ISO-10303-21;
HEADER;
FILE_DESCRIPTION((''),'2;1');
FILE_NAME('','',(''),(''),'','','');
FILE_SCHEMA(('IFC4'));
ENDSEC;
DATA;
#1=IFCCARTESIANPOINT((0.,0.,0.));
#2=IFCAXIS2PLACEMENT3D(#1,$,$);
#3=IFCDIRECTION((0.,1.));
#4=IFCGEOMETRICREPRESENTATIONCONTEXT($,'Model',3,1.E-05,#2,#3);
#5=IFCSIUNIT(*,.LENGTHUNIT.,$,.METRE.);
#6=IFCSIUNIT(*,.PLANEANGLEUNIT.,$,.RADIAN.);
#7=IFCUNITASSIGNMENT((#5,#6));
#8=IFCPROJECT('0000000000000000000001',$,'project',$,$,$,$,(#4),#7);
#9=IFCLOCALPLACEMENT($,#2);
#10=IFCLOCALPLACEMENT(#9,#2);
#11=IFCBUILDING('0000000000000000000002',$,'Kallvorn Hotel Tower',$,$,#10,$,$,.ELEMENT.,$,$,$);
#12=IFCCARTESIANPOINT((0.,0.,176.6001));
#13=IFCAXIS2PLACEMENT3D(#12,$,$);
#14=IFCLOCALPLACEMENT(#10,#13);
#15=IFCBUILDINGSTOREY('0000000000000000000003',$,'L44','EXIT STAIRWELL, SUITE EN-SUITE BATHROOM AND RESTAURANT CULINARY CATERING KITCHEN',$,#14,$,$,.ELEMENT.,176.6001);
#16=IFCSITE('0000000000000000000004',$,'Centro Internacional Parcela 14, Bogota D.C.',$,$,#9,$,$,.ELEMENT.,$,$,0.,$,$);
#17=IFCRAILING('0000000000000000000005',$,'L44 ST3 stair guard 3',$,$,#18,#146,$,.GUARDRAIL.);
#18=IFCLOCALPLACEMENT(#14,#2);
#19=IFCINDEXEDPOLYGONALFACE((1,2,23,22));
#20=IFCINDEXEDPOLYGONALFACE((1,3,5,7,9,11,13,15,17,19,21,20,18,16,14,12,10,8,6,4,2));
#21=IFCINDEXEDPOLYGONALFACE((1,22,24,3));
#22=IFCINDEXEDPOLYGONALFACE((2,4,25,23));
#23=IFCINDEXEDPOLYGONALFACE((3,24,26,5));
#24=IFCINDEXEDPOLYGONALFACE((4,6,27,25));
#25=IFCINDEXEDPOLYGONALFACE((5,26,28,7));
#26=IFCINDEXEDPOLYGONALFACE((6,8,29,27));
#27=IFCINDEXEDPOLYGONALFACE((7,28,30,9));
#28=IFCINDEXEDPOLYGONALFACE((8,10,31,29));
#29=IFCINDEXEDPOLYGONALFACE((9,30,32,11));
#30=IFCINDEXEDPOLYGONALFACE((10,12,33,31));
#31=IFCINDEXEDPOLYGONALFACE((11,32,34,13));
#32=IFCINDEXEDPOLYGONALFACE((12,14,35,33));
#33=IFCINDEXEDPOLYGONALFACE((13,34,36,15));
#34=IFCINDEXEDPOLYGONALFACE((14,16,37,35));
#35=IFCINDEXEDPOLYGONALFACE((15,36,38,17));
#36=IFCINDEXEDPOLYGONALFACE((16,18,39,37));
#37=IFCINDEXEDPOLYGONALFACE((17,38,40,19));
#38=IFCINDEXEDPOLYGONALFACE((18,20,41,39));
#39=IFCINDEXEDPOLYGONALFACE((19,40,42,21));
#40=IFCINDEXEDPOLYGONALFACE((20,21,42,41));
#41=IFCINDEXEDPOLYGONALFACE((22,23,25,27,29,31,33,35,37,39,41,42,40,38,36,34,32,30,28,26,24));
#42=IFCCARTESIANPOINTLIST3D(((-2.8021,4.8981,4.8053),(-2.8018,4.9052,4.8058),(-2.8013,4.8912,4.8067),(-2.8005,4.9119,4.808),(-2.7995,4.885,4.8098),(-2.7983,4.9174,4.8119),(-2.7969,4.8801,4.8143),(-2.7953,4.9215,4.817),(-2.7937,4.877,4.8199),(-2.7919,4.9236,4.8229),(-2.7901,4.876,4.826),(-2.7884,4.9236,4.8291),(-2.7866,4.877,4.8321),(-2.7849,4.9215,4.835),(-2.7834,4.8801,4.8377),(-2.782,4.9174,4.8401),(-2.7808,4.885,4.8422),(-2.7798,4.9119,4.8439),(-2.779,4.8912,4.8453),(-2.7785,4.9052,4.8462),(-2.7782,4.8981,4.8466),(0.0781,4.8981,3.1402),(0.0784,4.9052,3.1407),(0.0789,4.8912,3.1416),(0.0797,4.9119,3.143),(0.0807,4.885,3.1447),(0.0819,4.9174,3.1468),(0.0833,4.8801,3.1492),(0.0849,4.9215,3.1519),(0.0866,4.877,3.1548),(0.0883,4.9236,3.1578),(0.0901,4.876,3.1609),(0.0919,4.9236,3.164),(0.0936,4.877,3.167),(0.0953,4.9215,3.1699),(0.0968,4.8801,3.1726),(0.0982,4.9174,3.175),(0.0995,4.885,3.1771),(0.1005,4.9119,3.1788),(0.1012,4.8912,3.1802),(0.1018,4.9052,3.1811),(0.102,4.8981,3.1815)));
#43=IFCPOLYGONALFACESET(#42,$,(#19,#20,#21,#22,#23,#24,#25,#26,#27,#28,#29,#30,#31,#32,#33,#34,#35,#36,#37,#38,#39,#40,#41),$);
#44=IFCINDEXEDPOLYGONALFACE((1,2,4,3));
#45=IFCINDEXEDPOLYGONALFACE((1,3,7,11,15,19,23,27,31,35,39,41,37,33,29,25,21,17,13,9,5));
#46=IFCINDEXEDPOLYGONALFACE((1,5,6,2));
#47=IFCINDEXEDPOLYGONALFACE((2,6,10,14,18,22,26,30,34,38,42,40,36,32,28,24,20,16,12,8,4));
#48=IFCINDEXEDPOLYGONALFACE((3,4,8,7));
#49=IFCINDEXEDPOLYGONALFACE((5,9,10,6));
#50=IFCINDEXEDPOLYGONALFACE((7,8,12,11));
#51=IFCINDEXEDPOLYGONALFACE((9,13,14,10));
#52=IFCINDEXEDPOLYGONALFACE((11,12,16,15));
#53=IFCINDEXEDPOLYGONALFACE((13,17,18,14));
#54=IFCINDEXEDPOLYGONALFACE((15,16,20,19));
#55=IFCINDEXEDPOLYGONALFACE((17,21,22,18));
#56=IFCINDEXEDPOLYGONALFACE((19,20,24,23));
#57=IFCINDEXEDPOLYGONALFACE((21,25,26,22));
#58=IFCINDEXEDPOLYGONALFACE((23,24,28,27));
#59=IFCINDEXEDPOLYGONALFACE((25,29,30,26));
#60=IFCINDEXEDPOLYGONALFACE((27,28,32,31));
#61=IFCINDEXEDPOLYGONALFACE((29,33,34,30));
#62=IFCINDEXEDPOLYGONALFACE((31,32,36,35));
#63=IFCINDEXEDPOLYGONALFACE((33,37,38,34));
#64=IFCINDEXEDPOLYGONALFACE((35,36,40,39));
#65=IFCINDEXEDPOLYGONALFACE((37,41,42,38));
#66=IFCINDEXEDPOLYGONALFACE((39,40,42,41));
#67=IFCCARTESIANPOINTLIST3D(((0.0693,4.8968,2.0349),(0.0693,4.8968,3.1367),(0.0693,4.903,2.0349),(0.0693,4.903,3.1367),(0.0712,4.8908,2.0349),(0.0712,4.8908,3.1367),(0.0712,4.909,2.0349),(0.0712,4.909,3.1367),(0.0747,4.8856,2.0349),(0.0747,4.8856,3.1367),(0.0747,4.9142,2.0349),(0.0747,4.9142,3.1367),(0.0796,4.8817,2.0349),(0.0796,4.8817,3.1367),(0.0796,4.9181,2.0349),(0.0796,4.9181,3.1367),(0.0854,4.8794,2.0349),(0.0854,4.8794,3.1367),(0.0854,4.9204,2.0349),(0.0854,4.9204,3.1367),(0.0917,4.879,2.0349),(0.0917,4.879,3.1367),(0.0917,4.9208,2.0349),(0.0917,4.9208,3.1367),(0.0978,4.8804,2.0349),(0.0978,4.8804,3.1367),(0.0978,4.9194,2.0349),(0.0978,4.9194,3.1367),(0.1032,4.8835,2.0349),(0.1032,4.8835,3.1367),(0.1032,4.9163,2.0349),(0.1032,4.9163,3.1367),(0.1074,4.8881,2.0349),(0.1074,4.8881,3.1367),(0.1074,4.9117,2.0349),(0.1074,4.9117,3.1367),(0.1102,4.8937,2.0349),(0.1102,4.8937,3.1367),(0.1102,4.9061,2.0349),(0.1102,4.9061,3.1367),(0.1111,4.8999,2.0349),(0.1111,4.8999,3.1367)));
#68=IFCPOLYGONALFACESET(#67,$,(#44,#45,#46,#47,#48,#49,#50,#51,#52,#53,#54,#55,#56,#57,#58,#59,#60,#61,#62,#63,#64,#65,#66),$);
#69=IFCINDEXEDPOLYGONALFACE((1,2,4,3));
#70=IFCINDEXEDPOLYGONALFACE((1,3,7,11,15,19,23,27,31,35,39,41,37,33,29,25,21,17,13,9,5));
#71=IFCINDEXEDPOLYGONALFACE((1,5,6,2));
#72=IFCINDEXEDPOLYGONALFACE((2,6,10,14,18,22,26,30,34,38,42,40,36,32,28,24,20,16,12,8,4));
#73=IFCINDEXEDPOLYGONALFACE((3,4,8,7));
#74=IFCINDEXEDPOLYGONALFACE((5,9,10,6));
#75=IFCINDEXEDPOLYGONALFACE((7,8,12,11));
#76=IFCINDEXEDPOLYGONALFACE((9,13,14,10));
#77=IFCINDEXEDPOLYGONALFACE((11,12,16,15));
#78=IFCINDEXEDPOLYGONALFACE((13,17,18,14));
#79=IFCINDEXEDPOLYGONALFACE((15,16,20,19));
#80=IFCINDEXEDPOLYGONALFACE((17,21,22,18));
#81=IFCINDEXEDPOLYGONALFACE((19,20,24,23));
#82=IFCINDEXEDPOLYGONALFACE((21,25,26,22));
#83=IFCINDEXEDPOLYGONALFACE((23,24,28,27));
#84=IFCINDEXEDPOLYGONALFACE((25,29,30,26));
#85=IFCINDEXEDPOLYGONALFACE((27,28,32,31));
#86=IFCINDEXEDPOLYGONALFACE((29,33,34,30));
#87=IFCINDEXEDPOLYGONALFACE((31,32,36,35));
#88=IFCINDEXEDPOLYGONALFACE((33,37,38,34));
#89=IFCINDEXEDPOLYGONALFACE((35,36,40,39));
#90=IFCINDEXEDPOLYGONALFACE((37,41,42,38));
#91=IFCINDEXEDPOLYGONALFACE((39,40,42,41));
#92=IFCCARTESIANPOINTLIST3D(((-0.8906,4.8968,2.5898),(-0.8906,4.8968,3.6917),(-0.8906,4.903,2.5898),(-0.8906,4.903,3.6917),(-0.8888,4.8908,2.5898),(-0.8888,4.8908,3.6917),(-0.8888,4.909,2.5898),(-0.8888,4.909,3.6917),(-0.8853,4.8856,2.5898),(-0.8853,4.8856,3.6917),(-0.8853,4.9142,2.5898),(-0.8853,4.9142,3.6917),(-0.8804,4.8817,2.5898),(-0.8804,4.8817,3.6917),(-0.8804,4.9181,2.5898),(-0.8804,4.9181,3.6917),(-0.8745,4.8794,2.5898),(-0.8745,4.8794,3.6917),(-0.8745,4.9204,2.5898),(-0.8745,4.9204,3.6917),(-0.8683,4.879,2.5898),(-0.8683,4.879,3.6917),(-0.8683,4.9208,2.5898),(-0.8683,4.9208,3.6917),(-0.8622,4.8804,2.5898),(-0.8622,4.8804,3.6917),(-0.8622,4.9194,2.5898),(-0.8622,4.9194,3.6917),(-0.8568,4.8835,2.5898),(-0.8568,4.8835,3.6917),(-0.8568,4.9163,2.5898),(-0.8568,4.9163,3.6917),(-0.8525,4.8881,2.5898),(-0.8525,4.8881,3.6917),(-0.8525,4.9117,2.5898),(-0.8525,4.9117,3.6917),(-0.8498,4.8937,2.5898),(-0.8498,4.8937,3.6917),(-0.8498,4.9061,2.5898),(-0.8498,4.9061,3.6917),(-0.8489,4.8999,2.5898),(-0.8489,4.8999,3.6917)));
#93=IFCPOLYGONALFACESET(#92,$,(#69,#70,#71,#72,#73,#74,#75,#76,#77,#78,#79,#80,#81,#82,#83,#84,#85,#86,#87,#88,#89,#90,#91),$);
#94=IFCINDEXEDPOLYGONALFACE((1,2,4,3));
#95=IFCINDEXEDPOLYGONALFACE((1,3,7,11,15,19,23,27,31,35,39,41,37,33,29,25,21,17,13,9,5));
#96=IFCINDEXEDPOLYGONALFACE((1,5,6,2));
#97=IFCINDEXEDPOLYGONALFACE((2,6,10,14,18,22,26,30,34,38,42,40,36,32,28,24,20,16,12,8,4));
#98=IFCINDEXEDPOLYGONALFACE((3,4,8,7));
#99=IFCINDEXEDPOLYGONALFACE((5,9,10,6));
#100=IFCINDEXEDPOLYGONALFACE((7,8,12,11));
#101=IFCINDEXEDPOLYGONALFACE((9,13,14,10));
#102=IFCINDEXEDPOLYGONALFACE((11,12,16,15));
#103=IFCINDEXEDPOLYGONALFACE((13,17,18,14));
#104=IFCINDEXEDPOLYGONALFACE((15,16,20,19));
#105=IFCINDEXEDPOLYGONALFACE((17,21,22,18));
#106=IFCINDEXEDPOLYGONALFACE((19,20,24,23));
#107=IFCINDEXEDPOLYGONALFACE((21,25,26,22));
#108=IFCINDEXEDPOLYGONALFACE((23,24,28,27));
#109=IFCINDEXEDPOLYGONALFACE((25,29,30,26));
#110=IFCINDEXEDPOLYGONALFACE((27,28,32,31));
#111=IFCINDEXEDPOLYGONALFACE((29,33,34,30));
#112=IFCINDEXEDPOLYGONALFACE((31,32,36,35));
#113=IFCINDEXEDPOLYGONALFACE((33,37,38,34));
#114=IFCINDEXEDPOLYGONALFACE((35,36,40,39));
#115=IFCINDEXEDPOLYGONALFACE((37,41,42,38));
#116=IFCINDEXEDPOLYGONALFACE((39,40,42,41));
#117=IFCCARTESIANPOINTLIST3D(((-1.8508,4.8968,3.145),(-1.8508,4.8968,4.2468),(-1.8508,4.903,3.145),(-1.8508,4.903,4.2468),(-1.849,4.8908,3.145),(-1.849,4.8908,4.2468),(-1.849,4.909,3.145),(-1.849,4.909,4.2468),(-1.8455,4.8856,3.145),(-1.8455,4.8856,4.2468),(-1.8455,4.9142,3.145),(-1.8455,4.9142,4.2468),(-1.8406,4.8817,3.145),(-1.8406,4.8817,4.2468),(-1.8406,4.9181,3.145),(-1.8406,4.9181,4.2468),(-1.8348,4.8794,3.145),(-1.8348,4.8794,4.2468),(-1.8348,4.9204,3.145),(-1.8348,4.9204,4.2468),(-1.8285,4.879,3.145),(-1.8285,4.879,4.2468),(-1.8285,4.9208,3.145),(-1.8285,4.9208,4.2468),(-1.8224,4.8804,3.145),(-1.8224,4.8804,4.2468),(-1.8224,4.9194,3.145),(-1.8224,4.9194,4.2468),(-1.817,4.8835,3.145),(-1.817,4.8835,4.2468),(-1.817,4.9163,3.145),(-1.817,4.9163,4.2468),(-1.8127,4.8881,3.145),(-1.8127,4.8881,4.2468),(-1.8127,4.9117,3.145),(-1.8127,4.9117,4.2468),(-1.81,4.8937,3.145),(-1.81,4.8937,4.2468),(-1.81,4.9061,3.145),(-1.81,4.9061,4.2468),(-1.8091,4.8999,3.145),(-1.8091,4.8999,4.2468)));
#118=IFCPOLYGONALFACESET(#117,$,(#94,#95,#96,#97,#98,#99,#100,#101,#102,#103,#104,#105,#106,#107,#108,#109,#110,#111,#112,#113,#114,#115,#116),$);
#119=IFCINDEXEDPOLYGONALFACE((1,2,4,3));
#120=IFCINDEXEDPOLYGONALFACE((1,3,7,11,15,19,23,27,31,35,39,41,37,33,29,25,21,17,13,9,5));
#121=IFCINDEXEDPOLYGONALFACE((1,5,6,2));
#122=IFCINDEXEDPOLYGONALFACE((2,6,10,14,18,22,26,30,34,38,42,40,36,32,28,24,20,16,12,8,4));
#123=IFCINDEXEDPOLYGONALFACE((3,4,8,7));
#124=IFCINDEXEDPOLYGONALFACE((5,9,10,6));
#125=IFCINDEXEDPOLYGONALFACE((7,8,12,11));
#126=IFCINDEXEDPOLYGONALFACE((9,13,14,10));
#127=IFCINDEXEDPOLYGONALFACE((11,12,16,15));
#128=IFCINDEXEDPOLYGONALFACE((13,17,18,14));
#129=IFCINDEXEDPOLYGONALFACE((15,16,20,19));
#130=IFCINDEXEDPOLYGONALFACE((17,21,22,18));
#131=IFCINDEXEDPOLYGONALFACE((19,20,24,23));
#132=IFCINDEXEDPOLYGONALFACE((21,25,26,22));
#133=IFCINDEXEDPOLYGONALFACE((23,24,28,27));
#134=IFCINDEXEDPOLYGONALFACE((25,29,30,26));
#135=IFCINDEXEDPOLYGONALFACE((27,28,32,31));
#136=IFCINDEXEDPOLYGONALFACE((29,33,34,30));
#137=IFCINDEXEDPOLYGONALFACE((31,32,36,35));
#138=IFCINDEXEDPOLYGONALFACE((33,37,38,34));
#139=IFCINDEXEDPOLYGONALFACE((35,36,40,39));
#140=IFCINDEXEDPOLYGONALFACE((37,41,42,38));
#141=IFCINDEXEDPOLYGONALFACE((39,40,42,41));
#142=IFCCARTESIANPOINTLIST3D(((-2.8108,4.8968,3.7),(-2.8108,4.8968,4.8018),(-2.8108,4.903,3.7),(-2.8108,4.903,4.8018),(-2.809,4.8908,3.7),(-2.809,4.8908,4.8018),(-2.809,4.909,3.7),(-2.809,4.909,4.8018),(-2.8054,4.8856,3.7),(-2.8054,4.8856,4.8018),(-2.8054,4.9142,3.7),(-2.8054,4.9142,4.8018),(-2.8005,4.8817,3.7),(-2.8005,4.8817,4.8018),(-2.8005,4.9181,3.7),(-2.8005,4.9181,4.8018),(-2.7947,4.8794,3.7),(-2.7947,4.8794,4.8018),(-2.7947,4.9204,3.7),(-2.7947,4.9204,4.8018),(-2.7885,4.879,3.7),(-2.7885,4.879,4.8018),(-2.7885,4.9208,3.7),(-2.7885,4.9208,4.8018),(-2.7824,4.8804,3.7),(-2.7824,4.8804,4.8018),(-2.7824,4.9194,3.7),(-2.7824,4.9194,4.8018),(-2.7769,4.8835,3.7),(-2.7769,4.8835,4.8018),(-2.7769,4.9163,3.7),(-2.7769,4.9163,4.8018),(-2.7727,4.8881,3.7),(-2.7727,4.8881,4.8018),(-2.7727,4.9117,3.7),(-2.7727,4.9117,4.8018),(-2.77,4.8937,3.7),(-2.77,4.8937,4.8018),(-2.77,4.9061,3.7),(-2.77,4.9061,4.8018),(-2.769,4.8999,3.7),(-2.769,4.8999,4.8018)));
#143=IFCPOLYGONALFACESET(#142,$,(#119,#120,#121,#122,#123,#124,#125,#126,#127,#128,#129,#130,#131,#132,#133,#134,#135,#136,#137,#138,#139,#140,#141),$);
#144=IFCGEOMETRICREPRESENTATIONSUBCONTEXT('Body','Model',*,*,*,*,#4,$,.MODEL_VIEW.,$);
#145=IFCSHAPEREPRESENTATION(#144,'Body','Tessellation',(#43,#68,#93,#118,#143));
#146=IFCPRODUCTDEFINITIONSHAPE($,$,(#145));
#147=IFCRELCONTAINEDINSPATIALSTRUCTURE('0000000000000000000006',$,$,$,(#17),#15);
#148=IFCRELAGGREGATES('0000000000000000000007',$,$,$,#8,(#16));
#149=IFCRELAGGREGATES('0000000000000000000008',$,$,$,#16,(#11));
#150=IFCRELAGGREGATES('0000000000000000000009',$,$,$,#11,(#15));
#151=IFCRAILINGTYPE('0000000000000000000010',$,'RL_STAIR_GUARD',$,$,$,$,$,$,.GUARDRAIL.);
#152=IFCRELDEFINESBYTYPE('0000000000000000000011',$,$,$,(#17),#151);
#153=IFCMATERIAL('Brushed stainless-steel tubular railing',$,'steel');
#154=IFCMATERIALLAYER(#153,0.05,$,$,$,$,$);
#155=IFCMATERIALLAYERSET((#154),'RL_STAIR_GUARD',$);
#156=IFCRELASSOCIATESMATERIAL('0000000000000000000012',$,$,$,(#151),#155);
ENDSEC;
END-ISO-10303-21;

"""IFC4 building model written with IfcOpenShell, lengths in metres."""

from ifc_helpers import new_model, si_unit, direction, frame, origin, origin_2d, place, context, subcontext, project, spatial, circle, extrude, material, layer, layer_set, type_object, element, save


model = new_model("IFC4")

# Units and contexts
model_context = context("Model", 3, precision=1e-05, world=origin(), true_north=direction((0.0, 1.0)))
body_context = subcontext(model_context, "Body", "Model", "MODEL_VIEW")
ifc_project = project(units=[si_unit("LENGTHUNIT", "METRE"), si_unit("PLANEANGLEUNIT", "RADIAN")], contexts=[model_context])

# Site, building, storey
site_placement = place(None, origin())
site = spatial("IfcSite", under=ifc_project, at=site_placement, Name="Centro Internacional Parcela 14, Bogota D.C.", CompositionType="ELEMENT", RefElevation=0.0)
building_placement = place(site_placement, origin())
building = spatial("IfcBuilding", under=site, at=building_placement, Name="Kallvorn Hotel Tower", CompositionType="ELEMENT")
storey_placement = place(building_placement, frame((0.0, 0.0, 176.6001)))
storey = spatial("IfcBuildingStorey", under=building, at=storey_placement, Name="L44", Description="EXIT STAIRWELL, SUITE EN-SUITE BATHROOM AND RESTAURANT CULINARY CATERING KITCHEN", CompositionType="ELEMENT", Elevation=176.6001)

# Railing
ifc_material_1 = material(Name="Brushed stainless-steel tubular railing", Category="steel")
ifc_layer_1 = layer(ifc_material_1, 0.05)
ifc_layer_set_1 = layer_set([ifc_layer_1], Name="RL_STAIR_GUARD")
railing_type_1 = type_object("IfcRailingType", Name="RL_STAIR_GUARD", PredefinedType="GUARDRAIL", material=ifc_layer_set_1)
railing_1_placement = place(storey_placement, frame((0.0901, 4.8999, 2.0349)))
element("IfcRailing", 1, at=railing_1_placement, inside=storey, type_object=railing_type_1, Name="L44 ST3 stair guard 3", PredefinedType="GUARDRAIL", context=body_context, shape_type="SweptSolid", body=[
    extrude(circle(Radius=0.0239, at=origin_2d()), frame((0.0, 0.0, 1.126), z_axis=(-0.865739, 0.0, 0.500495), x_axis=(0.0, -1.0, 0.0)), (0.0, 0.0, 1.0), 3.3269),
    extrude(circle(Radius=0.021, at=origin_2d()), origin(), (0.0, 0.0, 1.0), 1.1018),
    extrude(circle(Radius=0.021, at=origin_2d()), frame((-0.96, 0.0, 0.5549)), (0.0, 0.0, 1.0), 1.1018),
    extrude(circle(Radius=0.021, at=origin_2d()), frame((-1.9202, 0.0, 1.1101)), (0.0, 0.0, 1.0), 1.1018),
    extrude(circle(Radius=0.021, at=origin_2d()), frame((-2.8801, 0.0, 1.665)), (0.0, 0.0, 1.0), 1.1018),
])

save(model, "model.ifc")
